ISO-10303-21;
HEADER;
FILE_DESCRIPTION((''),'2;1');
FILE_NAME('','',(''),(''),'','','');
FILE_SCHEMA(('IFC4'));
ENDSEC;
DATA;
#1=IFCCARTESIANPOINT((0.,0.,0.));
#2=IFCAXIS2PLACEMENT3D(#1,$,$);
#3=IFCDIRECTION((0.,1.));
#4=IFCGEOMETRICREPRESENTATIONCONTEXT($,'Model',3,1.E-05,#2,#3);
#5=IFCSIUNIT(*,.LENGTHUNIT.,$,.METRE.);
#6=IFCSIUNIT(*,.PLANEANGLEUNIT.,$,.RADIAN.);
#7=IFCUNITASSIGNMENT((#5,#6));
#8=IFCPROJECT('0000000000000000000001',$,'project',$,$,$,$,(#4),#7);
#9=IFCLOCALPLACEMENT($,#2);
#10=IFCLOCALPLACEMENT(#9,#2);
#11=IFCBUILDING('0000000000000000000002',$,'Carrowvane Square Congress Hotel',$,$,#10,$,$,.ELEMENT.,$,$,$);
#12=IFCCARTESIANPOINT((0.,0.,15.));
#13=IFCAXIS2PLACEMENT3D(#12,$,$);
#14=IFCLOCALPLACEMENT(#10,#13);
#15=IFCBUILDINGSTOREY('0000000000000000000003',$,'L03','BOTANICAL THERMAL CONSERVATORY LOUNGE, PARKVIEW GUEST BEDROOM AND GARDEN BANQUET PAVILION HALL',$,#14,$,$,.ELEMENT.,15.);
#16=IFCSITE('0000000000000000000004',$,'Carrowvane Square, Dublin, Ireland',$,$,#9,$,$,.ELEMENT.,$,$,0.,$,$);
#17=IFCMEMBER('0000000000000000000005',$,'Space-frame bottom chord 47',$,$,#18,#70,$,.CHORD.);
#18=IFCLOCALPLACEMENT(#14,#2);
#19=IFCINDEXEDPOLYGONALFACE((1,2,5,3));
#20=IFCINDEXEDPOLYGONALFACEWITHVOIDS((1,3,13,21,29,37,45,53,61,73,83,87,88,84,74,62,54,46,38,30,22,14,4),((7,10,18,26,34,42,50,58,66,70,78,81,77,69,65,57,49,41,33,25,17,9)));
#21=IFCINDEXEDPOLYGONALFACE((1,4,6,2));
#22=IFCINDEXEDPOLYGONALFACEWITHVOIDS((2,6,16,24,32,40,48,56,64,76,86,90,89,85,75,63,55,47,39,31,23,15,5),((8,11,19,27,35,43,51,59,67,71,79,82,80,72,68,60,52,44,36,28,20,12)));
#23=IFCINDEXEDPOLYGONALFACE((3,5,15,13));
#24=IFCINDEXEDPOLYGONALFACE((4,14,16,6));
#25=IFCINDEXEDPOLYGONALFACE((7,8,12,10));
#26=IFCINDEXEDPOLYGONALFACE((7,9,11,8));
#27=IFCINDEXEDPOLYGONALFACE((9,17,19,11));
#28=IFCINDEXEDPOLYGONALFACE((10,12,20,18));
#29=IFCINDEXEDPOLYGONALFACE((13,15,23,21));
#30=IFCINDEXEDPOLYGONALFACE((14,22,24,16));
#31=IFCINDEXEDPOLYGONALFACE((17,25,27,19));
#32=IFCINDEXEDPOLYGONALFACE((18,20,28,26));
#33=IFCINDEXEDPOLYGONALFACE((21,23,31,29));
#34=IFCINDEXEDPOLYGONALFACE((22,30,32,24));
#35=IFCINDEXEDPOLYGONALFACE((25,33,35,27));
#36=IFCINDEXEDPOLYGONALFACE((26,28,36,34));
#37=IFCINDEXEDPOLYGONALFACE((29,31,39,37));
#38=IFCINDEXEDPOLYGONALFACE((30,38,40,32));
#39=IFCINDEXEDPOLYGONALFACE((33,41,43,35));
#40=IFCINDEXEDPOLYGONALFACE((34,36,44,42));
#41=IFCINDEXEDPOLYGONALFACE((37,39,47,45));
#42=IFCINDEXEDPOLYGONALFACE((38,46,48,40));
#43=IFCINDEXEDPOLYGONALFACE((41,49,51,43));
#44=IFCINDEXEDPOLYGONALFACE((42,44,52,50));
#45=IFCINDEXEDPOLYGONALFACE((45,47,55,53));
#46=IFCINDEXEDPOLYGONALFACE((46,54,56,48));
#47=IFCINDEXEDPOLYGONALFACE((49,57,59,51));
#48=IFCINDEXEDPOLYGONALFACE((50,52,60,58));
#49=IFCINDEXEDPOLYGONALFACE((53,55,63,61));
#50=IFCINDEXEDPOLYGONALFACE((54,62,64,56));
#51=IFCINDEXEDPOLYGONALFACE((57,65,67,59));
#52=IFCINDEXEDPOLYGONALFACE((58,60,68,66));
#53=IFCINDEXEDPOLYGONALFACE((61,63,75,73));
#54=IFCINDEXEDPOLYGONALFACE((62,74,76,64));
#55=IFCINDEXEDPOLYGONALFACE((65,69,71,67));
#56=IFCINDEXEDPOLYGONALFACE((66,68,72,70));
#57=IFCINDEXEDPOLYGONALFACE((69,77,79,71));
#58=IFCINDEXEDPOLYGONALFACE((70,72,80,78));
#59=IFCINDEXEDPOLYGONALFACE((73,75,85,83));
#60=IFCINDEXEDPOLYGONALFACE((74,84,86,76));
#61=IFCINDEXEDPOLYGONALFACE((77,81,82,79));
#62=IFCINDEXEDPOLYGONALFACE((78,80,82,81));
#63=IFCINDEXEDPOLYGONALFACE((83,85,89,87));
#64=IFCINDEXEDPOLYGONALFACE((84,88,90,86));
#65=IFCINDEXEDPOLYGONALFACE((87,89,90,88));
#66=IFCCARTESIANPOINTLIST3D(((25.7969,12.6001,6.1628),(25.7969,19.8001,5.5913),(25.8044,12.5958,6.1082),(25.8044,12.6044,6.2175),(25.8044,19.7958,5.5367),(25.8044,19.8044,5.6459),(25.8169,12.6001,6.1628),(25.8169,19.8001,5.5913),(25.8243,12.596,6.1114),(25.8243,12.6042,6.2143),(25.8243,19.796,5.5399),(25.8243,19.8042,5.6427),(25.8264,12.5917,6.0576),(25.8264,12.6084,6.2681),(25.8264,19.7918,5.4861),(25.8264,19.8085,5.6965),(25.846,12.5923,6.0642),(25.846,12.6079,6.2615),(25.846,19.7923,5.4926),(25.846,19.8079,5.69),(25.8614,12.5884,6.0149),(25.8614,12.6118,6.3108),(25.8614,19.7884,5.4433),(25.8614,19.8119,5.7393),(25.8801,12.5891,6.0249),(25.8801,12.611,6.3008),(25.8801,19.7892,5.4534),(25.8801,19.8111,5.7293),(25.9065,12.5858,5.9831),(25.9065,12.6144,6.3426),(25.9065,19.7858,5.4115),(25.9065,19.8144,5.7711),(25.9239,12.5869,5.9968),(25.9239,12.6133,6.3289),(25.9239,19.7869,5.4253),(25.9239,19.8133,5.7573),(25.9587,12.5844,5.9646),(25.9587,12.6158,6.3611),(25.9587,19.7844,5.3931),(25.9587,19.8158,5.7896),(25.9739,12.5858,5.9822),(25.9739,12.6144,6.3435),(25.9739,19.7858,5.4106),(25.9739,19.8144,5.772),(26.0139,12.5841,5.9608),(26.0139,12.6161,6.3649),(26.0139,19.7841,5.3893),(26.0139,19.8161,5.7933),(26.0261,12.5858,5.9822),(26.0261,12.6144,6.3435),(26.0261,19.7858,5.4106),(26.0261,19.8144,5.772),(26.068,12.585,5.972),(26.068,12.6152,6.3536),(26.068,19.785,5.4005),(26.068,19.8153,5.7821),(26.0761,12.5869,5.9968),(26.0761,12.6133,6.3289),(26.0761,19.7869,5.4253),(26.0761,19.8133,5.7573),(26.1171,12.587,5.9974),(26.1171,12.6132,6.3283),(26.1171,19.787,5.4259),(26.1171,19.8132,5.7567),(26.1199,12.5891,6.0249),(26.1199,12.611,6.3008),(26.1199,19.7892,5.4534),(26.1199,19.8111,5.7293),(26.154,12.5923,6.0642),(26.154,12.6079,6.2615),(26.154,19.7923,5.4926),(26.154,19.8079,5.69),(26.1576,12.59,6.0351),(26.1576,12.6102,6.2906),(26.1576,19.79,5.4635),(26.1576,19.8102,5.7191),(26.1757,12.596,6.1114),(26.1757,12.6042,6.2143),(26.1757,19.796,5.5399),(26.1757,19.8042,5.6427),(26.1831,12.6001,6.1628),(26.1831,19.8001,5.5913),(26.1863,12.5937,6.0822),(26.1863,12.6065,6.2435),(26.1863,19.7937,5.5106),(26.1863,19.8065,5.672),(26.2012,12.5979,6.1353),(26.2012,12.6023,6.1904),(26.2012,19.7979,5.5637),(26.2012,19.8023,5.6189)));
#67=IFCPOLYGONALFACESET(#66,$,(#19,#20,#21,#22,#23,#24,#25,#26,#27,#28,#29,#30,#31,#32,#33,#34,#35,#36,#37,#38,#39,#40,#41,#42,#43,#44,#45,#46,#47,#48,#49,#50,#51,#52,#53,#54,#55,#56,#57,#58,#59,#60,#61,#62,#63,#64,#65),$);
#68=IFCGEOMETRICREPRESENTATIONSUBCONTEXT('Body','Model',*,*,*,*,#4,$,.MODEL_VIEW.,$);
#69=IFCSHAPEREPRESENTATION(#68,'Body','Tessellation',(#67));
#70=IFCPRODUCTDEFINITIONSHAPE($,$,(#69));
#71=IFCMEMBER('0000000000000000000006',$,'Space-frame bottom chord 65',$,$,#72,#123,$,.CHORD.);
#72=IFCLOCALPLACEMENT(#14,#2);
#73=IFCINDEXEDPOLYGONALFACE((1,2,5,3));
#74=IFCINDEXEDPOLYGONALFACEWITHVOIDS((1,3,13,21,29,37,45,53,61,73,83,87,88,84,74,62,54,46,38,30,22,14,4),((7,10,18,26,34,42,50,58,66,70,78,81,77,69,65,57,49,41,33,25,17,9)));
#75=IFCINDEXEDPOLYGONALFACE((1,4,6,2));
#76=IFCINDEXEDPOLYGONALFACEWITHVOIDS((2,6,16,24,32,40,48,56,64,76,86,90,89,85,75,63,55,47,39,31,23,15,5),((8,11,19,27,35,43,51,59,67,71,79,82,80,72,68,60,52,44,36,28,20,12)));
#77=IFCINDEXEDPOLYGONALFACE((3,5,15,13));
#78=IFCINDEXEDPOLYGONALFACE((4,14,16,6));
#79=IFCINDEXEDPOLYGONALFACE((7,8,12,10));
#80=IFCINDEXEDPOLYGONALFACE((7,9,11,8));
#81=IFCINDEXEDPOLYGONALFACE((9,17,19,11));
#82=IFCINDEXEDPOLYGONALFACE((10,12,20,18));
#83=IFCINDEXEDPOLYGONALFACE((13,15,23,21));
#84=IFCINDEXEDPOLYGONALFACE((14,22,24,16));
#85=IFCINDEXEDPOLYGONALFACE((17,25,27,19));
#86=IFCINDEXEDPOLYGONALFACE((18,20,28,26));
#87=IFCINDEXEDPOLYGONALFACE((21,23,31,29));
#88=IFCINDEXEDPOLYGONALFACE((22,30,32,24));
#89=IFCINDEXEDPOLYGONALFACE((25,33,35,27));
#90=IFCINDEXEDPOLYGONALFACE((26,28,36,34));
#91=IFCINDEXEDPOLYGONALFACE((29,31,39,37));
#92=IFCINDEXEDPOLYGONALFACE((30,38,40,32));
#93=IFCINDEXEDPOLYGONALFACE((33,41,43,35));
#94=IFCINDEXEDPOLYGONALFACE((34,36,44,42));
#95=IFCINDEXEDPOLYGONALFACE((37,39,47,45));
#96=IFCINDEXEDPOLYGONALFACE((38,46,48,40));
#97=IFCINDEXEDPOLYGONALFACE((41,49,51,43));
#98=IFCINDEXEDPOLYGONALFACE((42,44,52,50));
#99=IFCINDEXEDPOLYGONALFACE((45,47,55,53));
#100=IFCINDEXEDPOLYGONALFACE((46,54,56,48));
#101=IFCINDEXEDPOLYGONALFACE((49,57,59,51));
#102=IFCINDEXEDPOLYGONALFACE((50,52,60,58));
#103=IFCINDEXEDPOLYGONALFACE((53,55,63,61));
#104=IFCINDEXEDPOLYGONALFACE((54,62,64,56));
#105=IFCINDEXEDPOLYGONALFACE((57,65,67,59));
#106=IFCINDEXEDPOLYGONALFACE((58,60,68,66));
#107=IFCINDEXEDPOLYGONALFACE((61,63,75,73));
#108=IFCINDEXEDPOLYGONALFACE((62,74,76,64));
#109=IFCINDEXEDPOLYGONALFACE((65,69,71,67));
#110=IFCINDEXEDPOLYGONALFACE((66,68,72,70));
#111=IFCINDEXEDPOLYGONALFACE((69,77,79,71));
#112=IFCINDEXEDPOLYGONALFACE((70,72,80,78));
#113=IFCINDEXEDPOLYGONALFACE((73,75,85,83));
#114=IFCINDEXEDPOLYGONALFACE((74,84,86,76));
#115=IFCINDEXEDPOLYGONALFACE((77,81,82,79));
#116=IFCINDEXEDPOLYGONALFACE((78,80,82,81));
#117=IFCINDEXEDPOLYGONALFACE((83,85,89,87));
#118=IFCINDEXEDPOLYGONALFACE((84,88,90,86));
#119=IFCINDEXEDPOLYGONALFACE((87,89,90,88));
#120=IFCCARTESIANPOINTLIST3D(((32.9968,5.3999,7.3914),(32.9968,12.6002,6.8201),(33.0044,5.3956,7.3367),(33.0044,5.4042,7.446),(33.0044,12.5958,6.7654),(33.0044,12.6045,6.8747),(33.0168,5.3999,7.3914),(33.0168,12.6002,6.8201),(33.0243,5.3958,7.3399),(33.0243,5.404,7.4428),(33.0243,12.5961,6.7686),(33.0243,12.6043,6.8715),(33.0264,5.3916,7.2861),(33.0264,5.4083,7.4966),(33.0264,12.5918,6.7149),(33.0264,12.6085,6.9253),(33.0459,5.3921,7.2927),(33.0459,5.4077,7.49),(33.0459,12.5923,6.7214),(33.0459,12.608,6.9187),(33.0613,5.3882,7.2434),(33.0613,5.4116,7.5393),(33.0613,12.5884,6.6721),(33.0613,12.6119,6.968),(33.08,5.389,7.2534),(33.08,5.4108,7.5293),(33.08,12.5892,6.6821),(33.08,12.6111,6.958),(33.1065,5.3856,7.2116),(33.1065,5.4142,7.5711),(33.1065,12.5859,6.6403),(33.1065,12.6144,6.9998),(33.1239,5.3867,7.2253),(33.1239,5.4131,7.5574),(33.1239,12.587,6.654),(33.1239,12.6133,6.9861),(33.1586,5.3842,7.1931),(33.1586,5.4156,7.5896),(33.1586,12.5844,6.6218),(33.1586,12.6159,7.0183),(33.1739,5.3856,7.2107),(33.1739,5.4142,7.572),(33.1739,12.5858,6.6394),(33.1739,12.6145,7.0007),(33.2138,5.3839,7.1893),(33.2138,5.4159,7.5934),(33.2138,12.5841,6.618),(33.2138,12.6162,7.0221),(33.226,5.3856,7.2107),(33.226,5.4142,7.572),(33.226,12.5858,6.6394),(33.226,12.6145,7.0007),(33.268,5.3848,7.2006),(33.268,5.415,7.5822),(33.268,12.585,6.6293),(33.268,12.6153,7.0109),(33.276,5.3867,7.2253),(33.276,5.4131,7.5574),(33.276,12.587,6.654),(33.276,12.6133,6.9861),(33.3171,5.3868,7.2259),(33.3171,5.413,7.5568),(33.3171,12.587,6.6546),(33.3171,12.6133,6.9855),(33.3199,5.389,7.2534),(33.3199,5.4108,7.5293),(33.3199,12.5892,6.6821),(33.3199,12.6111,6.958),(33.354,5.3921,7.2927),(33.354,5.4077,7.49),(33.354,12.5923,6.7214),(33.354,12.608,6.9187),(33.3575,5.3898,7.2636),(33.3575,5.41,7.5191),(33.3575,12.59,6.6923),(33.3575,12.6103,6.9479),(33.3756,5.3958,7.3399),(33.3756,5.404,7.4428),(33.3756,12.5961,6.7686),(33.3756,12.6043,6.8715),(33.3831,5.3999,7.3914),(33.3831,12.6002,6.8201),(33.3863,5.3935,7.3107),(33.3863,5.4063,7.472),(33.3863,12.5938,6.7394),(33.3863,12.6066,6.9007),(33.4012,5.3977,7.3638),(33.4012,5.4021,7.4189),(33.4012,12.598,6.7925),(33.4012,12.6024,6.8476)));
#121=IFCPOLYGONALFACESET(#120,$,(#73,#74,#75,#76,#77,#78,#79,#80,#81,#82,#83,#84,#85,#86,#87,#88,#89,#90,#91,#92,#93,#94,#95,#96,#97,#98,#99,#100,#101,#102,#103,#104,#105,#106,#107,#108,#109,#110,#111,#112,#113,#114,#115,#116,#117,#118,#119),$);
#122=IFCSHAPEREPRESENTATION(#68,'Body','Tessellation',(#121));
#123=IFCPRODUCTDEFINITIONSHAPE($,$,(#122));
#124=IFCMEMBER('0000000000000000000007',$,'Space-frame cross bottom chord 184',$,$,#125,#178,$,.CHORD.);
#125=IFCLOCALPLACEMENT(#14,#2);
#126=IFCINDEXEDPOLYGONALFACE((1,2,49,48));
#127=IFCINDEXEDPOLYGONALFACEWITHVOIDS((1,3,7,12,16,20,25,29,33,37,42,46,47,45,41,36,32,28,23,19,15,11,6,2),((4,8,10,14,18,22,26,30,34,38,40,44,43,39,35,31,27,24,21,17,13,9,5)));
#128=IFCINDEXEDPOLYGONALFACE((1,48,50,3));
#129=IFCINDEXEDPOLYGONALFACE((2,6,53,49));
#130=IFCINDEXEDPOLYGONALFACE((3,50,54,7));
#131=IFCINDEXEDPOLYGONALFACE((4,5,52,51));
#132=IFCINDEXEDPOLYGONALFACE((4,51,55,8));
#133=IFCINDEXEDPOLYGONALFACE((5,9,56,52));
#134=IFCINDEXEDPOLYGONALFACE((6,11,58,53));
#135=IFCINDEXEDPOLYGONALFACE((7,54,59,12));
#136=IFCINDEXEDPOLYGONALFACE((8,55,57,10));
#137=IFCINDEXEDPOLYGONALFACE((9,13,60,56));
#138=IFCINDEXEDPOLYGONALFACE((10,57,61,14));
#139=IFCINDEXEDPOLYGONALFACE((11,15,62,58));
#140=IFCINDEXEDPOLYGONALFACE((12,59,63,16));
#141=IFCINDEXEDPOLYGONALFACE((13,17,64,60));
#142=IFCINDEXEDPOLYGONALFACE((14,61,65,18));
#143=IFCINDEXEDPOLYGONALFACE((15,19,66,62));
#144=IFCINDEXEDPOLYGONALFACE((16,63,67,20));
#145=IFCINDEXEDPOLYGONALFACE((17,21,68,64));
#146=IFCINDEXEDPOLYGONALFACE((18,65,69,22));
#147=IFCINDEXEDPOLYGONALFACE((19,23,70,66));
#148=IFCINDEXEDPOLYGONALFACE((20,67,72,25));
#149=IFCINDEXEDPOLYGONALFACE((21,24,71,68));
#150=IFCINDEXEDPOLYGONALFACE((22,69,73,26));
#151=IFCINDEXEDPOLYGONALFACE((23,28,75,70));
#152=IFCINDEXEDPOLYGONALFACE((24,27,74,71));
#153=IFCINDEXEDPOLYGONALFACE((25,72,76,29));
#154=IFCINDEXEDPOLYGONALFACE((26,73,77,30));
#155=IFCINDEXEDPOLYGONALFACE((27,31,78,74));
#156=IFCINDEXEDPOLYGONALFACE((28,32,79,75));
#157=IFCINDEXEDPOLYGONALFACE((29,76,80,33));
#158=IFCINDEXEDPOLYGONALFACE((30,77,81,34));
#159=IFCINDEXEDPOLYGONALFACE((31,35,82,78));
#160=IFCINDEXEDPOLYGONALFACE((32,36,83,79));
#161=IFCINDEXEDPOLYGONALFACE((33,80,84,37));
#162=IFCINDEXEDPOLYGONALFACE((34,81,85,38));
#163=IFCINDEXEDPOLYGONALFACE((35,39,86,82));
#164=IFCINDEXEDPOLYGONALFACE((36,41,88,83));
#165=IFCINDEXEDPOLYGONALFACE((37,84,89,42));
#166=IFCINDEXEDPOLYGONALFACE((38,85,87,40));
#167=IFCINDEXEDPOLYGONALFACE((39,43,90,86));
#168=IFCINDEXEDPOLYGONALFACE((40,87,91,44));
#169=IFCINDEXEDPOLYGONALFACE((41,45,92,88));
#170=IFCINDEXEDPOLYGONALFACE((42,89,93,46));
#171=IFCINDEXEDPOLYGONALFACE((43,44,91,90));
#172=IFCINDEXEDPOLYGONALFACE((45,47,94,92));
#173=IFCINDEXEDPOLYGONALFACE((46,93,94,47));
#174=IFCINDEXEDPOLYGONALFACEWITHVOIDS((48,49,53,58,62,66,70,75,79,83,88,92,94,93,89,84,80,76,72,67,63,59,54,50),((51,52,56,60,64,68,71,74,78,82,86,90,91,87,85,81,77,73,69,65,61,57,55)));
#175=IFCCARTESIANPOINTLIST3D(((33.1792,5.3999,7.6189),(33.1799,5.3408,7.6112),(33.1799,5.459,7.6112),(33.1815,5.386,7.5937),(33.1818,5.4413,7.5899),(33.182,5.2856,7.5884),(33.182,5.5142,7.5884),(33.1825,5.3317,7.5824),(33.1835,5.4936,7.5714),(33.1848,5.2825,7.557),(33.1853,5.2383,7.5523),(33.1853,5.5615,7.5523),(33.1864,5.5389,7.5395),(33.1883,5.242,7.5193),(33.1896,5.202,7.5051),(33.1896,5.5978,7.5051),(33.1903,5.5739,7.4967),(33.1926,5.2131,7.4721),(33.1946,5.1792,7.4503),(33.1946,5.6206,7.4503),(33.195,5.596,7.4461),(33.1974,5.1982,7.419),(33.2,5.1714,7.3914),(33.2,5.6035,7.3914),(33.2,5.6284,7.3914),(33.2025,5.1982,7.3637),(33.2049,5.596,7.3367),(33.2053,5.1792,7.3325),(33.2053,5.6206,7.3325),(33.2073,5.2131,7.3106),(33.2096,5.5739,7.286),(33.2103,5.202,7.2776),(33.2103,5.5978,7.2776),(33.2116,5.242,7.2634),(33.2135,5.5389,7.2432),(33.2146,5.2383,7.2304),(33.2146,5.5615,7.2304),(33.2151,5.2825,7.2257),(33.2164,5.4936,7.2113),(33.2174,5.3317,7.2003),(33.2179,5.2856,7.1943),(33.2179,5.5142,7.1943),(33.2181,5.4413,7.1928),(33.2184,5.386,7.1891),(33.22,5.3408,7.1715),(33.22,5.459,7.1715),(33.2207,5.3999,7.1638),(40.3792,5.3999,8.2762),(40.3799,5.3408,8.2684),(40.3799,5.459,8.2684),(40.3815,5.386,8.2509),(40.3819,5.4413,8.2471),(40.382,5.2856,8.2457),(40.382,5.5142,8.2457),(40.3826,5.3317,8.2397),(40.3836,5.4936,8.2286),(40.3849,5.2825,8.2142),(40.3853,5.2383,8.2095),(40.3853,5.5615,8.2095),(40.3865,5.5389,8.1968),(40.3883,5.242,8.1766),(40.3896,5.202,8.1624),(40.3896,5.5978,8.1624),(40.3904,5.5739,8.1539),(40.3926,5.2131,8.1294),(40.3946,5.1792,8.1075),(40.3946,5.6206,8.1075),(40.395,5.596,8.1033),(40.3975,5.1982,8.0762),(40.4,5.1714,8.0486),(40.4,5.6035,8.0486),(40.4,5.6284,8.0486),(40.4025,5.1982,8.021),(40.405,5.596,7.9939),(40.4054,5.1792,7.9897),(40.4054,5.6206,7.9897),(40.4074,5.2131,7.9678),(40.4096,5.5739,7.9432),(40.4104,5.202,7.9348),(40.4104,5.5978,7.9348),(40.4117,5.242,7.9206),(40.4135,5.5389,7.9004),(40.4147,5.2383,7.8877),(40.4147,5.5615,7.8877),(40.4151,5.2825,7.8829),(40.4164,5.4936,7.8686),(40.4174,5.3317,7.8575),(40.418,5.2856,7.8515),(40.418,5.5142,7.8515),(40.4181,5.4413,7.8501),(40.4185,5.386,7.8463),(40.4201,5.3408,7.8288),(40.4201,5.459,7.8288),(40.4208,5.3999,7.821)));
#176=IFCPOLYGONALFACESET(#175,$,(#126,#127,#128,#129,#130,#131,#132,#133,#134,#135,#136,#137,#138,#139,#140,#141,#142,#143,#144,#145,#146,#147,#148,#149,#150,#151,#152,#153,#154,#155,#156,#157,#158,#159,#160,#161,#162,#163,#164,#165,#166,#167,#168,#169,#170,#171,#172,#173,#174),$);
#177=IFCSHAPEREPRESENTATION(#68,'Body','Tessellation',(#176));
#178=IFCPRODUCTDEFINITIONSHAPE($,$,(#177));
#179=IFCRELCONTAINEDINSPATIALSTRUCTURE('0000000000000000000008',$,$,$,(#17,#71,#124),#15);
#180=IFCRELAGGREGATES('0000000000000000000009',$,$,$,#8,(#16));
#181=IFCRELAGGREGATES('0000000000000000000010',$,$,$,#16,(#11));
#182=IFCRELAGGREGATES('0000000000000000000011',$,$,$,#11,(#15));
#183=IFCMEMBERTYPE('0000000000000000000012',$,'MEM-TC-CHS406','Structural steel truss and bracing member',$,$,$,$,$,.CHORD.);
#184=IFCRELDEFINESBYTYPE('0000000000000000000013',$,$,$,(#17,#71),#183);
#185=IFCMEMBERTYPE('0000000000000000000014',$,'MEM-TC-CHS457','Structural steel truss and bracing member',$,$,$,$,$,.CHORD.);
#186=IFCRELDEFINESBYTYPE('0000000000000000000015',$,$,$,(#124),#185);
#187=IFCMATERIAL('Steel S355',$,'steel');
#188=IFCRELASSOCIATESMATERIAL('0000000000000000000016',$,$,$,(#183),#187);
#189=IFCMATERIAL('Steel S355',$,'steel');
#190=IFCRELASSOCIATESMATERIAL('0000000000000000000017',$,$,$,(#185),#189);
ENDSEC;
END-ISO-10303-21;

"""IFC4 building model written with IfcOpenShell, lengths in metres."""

from ifc_helpers import new_model, si_unit, direction, frame, origin, origin_2d, place, context, subcontext, project, spatial, hollow_circle, extrude, material, material_profile, profile_set, type_object, element, save


model = new_model("IFC4")

# Units and contexts
model_context = context("Model", 3, precision=1e-05, world=origin(), true_north=direction((0.0, 1.0)))
body_context = subcontext(model_context, "Body", "Model", "MODEL_VIEW")
ifc_project = project(units=[si_unit("LENGTHUNIT", "METRE"), si_unit("PLANEANGLEUNIT", "RADIAN")], contexts=[model_context])

# Site, building, storey
site_placement = place(None, origin())
site = spatial("IfcSite", under=ifc_project, at=site_placement, Name="Carrowvane Square, Dublin, Ireland", CompositionType="ELEMENT", RefElevation=0.0)
building_placement = place(site_placement, origin())
building = spatial("IfcBuilding", under=site, at=building_placement, Name="Carrowvane Square Congress Hotel", CompositionType="ELEMENT")
storey_placement = place(building_placement, frame((0.0, 0.0, 15.0)))
storey = spatial("IfcBuildingStorey", under=building, at=storey_placement, Name="L03", Description="BOTANICAL THERMAL CONSERVATORY LOUNGE, PARKVIEW GUEST BEDROOM AND GARDEN BANQUET PAVILION HALL", CompositionType="ELEMENT", Elevation=15.0)

# Members
ifc_material_1 = material(Name="Steel S355", Category="steel")
ifc_material_profile_1 = material_profile(ifc_material_1, hollow_circle(Radius=0.2031, WallThickness=0.02, at=origin_2d()), Name="CHS 406.4x20")
ifc_profile_set_1 = profile_set([ifc_material_profile_1], Name="Steel S355")
member_type_1 = type_object("IfcMemberType", Name="MEM-TC-CHS406", Description="Structural steel truss and bracing member", PredefinedType="CHORD", material=ifc_profile_set_1)
member_1_placement = place(storey_placement, frame((26.0, 12.6001, 6.1628), z_axis=(0.0, 0.996864, -0.079131), x_axis=(-1.0, 0.0, 0.0)))
element("IfcMember", 1, at=member_1_placement, inside=storey, type_object=member_type_1, Name="Space-frame bottom chord 47", PredefinedType="CHORD", context=body_context, shape_type="SweptSolid", body=[
    extrude(hollow_circle(Radius=0.2031, WallThickness=0.02, at=origin_2d()), origin(), (0.0, 0.0, 1.0), 7.2227),
])
member_2_placement = place(storey_placement, frame((33.2, 5.3999, 7.3914), z_axis=(0.0, 0.996867, -0.079095), x_axis=(-1.0, 0.0, 0.0)))
element("IfcMember", 2, at=member_2_placement, inside=storey, type_object=member_type_1, Name="Space-frame bottom chord 65", PredefinedType="CHORD", context=body_context, shape_type="SweptSolid", body=[
    extrude(hollow_circle(Radius=0.2031, WallThickness=0.02, at=origin_2d()), origin(), (0.0, 0.0, 1.0), 7.2229),
])
ifc_material_2 = material(Name="Steel S355", Category="steel")
ifc_material_profile_2 = material_profile(ifc_material_2, hollow_circle(Radius=0.2285, WallThickness=0.0249, at=origin_2d()), Name="CHS 457.0x25")
ifc_profile_set_2 = profile_set([ifc_material_profile_2], Name="Steel S355")
member_type_2 = type_object("IfcMemberType", Name="MEM-TC-CHS457", Description="Structural steel truss and bracing member", PredefinedType="CHORD", material=ifc_profile_set_2)
member_3_placement = place(storey_placement, frame((33.2, 5.3999, 7.3914), z_axis=(0.99586, 0.0, 0.090904), x_axis=(0.0, 1.0, 0.0)))
element("IfcMember", 3, at=member_3_placement, inside=storey, type_object=member_type_2, Name="Space-frame cross bottom chord 184", PredefinedType="CHORD", context=body_context, shape_type="SweptSolid", body=[
    extrude(hollow_circle(Radius=0.2285, WallThickness=0.0249, at=origin_2d()), origin(), (0.0, 0.0, 1.0), 7.23),
])

save(model, "model.ifc")
